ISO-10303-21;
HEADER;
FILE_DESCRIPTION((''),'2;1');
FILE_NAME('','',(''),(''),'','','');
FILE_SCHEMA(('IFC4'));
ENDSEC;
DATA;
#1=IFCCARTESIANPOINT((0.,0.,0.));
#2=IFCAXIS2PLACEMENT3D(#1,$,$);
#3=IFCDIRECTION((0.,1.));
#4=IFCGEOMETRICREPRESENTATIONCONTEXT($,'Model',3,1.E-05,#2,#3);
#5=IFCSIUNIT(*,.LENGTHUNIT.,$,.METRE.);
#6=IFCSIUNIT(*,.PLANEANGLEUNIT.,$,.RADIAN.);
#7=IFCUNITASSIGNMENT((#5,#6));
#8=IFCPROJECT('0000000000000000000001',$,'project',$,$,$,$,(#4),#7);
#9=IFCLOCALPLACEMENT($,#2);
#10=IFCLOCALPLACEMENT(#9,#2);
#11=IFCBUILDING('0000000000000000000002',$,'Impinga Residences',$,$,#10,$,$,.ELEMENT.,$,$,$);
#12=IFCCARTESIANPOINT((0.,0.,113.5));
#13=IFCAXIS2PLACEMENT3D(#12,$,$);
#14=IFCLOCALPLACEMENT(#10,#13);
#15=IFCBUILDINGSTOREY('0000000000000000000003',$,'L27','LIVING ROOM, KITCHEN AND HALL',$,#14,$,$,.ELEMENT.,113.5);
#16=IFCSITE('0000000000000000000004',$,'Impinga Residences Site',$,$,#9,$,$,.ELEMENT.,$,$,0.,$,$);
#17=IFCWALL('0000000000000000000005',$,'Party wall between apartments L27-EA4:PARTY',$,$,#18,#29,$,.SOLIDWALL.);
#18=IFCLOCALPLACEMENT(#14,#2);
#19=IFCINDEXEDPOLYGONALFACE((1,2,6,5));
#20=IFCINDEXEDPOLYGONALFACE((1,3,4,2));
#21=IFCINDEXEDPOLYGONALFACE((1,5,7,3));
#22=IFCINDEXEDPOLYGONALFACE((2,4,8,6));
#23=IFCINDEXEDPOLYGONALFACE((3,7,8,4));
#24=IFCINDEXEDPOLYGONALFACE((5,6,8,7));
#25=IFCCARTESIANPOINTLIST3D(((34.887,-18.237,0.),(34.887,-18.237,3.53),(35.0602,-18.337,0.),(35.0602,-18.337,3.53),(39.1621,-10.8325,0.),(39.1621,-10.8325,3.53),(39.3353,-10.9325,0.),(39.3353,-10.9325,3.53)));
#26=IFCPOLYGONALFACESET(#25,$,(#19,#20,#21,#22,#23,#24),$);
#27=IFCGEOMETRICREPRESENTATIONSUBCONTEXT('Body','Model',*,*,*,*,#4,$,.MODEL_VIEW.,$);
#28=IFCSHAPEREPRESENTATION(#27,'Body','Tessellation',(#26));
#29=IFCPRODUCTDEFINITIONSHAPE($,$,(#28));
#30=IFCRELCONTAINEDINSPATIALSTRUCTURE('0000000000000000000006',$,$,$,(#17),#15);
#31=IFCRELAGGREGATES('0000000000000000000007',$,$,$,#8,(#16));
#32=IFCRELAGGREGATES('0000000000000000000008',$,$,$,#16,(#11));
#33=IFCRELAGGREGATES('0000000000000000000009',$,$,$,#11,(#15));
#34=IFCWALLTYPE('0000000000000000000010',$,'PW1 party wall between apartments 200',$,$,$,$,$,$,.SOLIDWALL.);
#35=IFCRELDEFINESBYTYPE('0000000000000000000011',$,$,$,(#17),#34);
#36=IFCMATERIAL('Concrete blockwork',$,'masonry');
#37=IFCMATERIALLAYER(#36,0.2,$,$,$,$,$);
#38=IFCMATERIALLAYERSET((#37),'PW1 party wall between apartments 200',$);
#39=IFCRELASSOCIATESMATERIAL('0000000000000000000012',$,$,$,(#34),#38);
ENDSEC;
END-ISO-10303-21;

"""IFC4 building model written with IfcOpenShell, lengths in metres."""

from ifc_helpers import new_model, si_unit, direction, frame, frame_2d, origin, place, context, subcontext, project, spatial, rectangle, extrude, material, layer, layer_set, type_object, element, save


model = new_model("IFC4")

# Units and contexts
model_context = context("Model", 3, precision=1e-05, world=origin(), true_north=direction((0.0, 1.0)))
body_context = subcontext(model_context, "Body", "Model", "MODEL_VIEW")
ifc_project = project(units=[si_unit("LENGTHUNIT", "METRE"), si_unit("PLANEANGLEUNIT", "RADIAN")], contexts=[model_context])

# Site, building, storey
site_placement = place(None, origin())
site = spatial("IfcSite", under=ifc_project, at=site_placement, Name="Impinga Residences Site", CompositionType="ELEMENT", RefElevation=0.0)
building_placement = place(site_placement, origin())
building = spatial("IfcBuilding", under=site, at=building_placement, Name="Impinga Residences", CompositionType="ELEMENT")
storey_placement = place(building_placement, frame((0.0, 0.0, 113.5)))
storey = spatial("IfcBuildingStorey", under=building, at=storey_placement, Name="L27", Description="LIVING ROOM, KITCHEN AND HALL", CompositionType="ELEMENT", Elevation=113.5)

# Wall
ifc_material_1 = material(Name="Concrete blockwork", Category="masonry")
ifc_layer_1 = layer(ifc_material_1, 0.2)
ifc_layer_set_1 = layer_set([ifc_layer_1], Name="PW1 party wall between apartments 200")
wall_type_1 = type_object("IfcWallType", Name="PW1 party wall between apartments 200", PredefinedType="SOLIDWALL", material=ifc_layer_set_1)
wall_1_placement = place(storey_placement, frame((34.9736, -18.2869, 0.0), z_axis=(0.0, 0.0, 1.0), x_axis=(0.500012, 0.866019, 0.0)))
element("IfcWall", 1, at=wall_1_placement, inside=storey, type_object=wall_type_1, Name="Party wall between apartments L27-EA4:PARTY", PredefinedType="SOLIDWALL", context=body_context, shape_type="SweptSolid", body=[
    extrude(rectangle(XDim=8.55, YDim=0.2, at=frame_2d((4.2749, 0.0))), origin(), (0.0, 0.0, 1.0), 3.53),
])

save(model, "model.ifc")
